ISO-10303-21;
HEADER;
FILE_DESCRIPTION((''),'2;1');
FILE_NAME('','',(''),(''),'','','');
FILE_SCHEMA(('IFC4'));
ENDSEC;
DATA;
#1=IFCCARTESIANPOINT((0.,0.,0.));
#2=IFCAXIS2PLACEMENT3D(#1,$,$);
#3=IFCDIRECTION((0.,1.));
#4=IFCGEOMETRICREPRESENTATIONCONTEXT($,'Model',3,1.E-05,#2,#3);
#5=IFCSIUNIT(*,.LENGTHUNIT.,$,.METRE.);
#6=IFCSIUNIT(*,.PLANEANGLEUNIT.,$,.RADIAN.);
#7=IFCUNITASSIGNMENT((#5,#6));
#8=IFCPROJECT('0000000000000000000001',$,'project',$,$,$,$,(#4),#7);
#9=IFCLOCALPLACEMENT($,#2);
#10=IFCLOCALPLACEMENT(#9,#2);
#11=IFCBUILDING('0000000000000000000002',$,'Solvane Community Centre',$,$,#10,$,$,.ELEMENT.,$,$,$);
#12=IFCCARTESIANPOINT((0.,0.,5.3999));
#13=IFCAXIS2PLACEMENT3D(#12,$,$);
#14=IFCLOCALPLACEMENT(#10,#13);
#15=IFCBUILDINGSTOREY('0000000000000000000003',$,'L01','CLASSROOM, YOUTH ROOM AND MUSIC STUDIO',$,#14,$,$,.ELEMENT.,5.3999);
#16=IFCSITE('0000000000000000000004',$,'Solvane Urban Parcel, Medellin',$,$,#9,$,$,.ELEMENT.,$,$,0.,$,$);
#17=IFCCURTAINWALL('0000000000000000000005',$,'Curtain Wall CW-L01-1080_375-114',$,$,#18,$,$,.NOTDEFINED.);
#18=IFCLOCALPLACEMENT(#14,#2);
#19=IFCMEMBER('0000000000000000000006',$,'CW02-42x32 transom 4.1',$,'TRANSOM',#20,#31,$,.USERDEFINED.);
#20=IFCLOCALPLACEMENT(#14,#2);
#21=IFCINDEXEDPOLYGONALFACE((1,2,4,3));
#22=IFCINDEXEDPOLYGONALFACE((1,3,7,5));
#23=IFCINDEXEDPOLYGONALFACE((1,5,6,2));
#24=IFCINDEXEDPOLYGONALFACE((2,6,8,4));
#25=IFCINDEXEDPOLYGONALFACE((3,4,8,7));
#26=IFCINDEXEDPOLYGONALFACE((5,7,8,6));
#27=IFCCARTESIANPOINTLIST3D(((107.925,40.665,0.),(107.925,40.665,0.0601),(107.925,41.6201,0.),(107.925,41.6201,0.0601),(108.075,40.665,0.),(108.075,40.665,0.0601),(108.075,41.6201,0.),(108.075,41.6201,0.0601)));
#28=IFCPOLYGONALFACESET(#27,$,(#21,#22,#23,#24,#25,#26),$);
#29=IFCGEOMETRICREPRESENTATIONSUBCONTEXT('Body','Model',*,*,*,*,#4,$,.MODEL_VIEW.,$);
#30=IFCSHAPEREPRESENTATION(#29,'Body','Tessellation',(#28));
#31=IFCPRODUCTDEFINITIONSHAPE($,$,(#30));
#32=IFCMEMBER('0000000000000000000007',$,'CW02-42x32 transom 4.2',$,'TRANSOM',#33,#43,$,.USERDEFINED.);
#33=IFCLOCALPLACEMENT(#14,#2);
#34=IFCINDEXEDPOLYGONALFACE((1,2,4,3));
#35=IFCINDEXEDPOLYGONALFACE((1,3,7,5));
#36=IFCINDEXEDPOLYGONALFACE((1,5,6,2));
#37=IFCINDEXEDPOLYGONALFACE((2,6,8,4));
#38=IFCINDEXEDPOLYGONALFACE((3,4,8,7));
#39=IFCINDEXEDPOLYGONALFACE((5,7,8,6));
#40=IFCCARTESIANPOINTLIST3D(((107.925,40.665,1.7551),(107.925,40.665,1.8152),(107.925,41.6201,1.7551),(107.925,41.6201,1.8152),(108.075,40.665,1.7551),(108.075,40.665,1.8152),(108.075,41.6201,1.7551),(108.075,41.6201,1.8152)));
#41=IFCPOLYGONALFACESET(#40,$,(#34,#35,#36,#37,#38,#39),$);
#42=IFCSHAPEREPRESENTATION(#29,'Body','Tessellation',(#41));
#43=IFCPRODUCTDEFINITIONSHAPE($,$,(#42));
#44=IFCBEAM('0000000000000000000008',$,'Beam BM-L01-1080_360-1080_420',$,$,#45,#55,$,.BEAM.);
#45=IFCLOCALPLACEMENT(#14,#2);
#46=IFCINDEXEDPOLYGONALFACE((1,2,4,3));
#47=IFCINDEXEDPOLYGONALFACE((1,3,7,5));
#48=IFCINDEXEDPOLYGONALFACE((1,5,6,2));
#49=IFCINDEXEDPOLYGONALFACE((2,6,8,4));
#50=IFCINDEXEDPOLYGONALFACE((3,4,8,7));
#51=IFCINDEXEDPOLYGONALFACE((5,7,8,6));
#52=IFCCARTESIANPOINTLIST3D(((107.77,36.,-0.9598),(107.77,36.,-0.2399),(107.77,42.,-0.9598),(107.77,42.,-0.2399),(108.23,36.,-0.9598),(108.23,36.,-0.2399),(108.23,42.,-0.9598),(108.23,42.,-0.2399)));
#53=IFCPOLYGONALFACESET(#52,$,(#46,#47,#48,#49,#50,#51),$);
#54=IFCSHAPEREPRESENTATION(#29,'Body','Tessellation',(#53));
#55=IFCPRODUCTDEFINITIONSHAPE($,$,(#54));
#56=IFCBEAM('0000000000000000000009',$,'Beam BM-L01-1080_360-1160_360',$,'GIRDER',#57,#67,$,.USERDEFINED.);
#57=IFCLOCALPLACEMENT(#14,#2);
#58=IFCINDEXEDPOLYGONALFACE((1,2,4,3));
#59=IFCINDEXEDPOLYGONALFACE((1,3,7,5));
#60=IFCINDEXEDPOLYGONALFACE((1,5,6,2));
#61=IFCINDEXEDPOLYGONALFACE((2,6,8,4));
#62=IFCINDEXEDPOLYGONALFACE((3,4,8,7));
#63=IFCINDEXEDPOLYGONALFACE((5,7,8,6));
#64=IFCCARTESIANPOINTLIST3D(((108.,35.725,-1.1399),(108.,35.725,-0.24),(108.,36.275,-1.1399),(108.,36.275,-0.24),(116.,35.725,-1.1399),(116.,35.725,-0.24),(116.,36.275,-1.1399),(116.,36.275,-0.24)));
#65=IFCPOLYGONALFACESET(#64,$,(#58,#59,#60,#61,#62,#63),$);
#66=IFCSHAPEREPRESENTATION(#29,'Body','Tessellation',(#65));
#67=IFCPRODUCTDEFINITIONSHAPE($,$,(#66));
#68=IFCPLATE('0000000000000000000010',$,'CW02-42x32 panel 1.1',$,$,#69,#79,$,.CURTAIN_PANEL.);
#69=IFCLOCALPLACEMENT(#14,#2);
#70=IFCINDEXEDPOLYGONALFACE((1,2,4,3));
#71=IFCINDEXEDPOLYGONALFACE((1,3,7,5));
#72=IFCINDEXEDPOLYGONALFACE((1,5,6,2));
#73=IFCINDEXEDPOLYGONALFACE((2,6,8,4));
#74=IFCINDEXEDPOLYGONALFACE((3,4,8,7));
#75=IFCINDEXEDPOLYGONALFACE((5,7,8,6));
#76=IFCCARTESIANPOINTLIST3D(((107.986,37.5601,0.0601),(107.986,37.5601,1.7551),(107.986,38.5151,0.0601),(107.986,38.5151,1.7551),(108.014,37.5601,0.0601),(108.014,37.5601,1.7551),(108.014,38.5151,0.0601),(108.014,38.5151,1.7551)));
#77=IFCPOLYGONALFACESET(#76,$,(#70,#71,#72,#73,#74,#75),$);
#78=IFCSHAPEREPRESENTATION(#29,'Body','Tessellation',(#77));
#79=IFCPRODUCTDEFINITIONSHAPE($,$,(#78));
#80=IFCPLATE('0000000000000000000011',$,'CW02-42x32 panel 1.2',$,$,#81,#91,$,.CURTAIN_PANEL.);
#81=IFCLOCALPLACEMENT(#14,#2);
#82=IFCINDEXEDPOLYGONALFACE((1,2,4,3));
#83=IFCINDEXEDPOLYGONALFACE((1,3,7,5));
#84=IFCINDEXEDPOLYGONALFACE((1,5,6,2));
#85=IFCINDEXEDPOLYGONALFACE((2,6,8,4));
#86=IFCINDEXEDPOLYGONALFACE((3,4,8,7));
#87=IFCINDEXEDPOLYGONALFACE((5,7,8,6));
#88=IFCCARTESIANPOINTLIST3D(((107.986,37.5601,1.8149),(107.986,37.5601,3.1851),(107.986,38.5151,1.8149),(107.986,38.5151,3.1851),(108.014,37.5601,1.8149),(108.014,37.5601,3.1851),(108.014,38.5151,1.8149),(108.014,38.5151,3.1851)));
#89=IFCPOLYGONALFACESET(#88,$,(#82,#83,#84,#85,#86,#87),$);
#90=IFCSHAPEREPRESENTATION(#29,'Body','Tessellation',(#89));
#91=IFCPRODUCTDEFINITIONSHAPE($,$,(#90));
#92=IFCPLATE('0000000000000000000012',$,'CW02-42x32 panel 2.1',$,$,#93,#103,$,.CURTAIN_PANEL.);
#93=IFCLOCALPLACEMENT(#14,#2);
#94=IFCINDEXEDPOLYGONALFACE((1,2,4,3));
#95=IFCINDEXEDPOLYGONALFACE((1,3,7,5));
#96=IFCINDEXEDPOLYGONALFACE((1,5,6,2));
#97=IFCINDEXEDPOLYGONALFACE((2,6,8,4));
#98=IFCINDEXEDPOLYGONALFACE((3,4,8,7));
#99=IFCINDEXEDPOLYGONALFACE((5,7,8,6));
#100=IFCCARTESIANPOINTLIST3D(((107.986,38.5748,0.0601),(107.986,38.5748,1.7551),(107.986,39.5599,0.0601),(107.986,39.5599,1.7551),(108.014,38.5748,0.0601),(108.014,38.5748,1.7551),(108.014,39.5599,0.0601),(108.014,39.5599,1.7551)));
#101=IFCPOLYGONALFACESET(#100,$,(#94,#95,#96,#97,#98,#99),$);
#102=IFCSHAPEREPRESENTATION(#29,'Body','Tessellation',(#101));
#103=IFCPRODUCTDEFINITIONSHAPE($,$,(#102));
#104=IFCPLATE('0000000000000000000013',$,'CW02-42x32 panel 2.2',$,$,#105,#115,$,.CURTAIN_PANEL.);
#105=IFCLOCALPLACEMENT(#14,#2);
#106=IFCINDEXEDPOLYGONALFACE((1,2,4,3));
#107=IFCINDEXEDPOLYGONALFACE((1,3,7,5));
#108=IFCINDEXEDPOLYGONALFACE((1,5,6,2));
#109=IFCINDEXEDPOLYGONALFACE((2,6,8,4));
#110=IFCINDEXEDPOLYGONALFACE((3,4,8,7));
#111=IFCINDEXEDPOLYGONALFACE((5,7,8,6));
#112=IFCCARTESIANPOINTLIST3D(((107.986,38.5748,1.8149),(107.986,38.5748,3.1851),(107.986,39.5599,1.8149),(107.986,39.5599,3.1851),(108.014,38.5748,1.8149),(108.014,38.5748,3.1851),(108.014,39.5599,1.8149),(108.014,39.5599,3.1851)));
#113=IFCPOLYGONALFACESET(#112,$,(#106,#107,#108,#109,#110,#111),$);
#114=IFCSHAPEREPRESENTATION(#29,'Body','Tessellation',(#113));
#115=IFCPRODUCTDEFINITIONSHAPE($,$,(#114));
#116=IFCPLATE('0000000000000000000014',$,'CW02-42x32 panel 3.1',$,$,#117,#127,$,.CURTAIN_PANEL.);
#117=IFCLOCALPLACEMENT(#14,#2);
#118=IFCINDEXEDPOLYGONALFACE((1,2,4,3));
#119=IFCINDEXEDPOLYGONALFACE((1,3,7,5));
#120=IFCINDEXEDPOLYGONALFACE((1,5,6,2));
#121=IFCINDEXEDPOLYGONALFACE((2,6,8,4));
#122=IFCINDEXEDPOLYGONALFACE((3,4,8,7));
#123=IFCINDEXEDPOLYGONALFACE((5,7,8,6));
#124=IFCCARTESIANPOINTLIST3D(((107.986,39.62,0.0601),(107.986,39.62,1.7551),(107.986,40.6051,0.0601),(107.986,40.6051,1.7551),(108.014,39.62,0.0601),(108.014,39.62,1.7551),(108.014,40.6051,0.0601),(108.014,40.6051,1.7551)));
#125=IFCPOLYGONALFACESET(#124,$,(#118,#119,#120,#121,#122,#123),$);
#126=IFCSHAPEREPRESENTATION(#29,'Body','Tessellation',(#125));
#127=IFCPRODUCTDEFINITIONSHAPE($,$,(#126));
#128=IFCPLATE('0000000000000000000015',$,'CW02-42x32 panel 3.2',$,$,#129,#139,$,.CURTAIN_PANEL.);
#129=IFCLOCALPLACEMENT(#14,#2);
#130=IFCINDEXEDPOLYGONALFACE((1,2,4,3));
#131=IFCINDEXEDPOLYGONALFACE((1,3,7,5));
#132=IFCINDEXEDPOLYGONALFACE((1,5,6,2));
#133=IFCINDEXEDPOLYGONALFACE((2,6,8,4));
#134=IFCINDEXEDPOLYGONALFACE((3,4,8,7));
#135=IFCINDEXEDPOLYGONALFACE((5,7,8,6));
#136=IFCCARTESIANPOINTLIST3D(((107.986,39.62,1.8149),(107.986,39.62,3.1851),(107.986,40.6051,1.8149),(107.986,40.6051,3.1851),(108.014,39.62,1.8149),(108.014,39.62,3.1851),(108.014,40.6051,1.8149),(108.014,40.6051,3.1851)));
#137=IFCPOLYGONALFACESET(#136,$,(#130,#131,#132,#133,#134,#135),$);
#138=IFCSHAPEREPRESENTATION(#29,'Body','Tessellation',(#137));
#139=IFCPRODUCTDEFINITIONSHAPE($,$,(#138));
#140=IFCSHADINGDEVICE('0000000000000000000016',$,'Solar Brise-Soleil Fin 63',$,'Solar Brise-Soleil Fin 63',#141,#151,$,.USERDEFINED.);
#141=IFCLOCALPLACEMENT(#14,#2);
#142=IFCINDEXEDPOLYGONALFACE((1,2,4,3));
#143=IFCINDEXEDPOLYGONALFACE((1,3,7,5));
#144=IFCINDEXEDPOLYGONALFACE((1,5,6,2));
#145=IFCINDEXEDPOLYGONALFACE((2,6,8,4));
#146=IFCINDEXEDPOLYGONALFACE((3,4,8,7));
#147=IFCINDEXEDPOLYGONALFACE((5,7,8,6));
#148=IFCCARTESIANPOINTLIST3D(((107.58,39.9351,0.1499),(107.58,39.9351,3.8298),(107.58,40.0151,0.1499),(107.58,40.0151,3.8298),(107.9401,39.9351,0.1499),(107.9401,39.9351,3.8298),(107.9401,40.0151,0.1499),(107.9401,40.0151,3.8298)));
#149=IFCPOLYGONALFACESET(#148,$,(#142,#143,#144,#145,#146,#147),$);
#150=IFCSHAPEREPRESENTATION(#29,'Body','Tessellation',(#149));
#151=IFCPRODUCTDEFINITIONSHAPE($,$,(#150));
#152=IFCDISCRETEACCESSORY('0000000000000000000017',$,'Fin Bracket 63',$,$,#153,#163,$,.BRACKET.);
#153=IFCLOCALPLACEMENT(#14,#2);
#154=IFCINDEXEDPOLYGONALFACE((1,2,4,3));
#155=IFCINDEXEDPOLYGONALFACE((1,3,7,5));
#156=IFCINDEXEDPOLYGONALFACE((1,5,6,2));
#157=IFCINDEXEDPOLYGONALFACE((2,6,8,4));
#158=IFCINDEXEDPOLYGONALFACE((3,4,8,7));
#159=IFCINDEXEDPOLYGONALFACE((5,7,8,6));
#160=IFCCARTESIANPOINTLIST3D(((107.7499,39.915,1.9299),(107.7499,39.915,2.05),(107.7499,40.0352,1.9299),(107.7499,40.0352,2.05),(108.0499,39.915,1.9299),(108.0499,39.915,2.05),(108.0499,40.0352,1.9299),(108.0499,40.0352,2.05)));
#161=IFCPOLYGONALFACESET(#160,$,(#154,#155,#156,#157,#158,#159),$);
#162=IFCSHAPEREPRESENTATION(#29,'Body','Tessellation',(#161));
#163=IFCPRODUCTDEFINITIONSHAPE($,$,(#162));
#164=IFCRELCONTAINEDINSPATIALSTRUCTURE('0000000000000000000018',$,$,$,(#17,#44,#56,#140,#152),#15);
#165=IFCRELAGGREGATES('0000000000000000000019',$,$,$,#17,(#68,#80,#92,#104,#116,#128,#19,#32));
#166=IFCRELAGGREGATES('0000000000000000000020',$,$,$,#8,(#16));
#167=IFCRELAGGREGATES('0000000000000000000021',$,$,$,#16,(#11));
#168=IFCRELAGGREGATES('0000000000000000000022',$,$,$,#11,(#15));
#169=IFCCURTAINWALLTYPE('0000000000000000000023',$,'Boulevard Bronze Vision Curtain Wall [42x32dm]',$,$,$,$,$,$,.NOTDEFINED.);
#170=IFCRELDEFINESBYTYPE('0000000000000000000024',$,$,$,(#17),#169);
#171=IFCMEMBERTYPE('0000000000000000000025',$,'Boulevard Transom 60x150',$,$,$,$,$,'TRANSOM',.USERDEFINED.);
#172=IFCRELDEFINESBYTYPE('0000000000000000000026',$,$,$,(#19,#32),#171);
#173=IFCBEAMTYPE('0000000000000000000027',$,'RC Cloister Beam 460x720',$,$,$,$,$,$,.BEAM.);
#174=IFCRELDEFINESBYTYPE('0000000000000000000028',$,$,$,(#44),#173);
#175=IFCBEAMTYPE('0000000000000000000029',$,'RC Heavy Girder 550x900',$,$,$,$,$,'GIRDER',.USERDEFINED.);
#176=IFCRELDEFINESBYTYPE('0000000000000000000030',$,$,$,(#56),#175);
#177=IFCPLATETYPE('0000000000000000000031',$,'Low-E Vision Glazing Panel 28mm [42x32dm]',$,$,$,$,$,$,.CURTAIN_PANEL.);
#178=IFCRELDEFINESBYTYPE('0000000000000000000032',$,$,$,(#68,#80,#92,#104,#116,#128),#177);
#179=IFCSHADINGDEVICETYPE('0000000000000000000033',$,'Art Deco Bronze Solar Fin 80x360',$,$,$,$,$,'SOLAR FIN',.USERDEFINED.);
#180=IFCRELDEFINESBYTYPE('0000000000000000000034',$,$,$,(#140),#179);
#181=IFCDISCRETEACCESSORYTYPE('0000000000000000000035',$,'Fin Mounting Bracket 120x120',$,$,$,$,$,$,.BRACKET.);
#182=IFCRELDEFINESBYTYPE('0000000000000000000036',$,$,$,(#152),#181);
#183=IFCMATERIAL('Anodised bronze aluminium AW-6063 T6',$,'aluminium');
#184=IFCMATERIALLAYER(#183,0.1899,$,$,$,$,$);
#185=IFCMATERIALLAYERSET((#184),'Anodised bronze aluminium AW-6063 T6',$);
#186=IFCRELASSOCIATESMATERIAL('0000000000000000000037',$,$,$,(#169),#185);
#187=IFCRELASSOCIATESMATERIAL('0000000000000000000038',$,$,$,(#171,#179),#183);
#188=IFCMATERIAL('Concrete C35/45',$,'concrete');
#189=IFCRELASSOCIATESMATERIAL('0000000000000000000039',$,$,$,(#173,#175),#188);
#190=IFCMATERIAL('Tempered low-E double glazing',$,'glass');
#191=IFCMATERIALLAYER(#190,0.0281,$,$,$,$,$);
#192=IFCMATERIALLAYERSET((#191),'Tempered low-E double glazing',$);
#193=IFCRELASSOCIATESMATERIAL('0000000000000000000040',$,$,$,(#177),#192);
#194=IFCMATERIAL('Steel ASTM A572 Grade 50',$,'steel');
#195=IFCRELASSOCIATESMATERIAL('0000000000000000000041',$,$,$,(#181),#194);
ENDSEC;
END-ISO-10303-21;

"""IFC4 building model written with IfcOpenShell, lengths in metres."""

from ifc_helpers import new_model, si_unit, direction, frame, origin, origin_2d, place, context, subcontext, project, spatial, rectangle, extrude, material, layer, layer_set, material_profile, profile_set, type_object, element, aggregate, save


model = new_model("IFC4")

# Units and contexts
model_context = context("Model", 3, precision=1e-05, world=origin(), true_north=direction((0.0, 1.0)))
body_context = subcontext(model_context, "Body", "Model", "MODEL_VIEW")
ifc_project = project(units=[si_unit("LENGTHUNIT", "METRE"), si_unit("PLANEANGLEUNIT", "RADIAN")], contexts=[model_context])

# Site, building, storey
site_placement = place(None, origin())
site = spatial("IfcSite", under=ifc_project, at=site_placement, Name="Solvane Urban Parcel, Medellin", CompositionType="ELEMENT", RefElevation=0.0)
building_placement = place(site_placement, origin())
building = spatial("IfcBuilding", under=site, at=building_placement, Name="Solvane Community Centre", CompositionType="ELEMENT")
storey_placement = place(building_placement, frame((0.0, 0.0, 5.3999)))
storey = spatial("IfcBuildingStorey", under=building, at=storey_placement, Name="L01", Description="CLASSROOM, YOUTH ROOM AND MUSIC STUDIO", CompositionType="ELEMENT", Elevation=5.3999)

# Shared definitions
ifc_material_1 = material(Name="Concrete C35/45", Category="concrete")

# Curtain wall, members
ifc_material_2 = material(Name="Anodised bronze aluminium AW-6063 T6", Category="aluminium")
ifc_layer_1 = layer(ifc_material_2, 0.1899)
ifc_layer_set_1 = layer_set([ifc_layer_1], Name="Anodised bronze aluminium AW-6063 T6")
curtain_wall_type = type_object("IfcCurtainWallType", Name="Boulevard Bronze Vision Curtain Wall [42x32dm]", PredefinedType="NOTDEFINED", material=ifc_layer_set_1)
curtain_wall_placement = place(storey_placement, origin())
curtain_wall = element("IfcCurtainWall", 1, at=curtain_wall_placement, inside=storey, type_object=curtain_wall_type, Name="Curtain Wall CW-L01-1080_375-114", PredefinedType="NOTDEFINED")
ifc_material_profile_1 = material_profile(ifc_material_2, rectangle(XDim=0.1499, YDim=0.0601, at=origin_2d()), Name="CW-T 60x150")
ifc_profile_set_1 = profile_set([ifc_material_profile_1], Name="Anodised bronze aluminium AW-6063 T6")
member_type_1 = type_object("IfcMemberType", Name="Boulevard Transom 60x150", ElementType="TRANSOM", PredefinedType="USERDEFINED", material=ifc_profile_set_1)
member_1_placement = place(storey_placement, frame((108.0, 40.665, 0.03), z_axis=(0.0, 1.0, 0.0), x_axis=(-1.0, 0.0, 0.0)))
member_1 = element("IfcMember", 2, at=member_1_placement, type_object=member_type_1, Name="CW02-42x32 transom 4.1", ObjectType="TRANSOM", PredefinedType="USERDEFINED", context=body_context, shape_type="SweptSolid", body=[
    extrude(rectangle(XDim=0.1499, YDim=0.0601, at=origin_2d()), origin(), (0.0, 0.0, 1.0), 0.9551),
])
member_2_placement = place(storey_placement, frame((108.0, 40.665, 1.7852), z_axis=(0.0, 1.0, 0.0), x_axis=(-1.0, 0.0, 0.0)))
member_2 = element("IfcMember", 3, at=member_2_placement, type_object=member_type_1, Name="CW02-42x32 transom 4.2", ObjectType="TRANSOM", PredefinedType="USERDEFINED", context=body_context, shape_type="SweptSolid", body=[
    extrude(rectangle(XDim=0.1499, YDim=0.0601, at=origin_2d()), origin(), (0.0, 0.0, 1.0), 0.9551),
])

# Beams
ifc_material_profile_2 = material_profile(ifc_material_1, rectangle(XDim=0.46, YDim=0.72, at=origin_2d()), Name="RC 460x720")
ifc_profile_set_2 = profile_set([ifc_material_profile_2], Name="Concrete C35/45")
beam_type_1 = type_object("IfcBeamType", Name="RC Cloister Beam 460x720", PredefinedType="BEAM", material=ifc_profile_set_2)
beam_1_placement = place(storey_placement, frame((108.0, 36.0, -0.5999), z_axis=(0.0, 1.0, 0.0), x_axis=(-1.0, 0.0, 0.0)))
element("IfcBeam", 4, at=beam_1_placement, inside=storey, type_object=beam_type_1, Name="Beam BM-L01-1080_360-1080_420", PredefinedType="BEAM", context=body_context, shape_type="SweptSolid", body=[
    extrude(rectangle(XDim=0.46, YDim=0.72, at=origin_2d()), origin(), (0.0, 0.0, 1.0), 6.0),
])
ifc_material_profile_3 = material_profile(ifc_material_1, rectangle(XDim=0.55, YDim=0.8999, at=origin_2d()), Name="RC 550x900")
ifc_profile_set_3 = profile_set([ifc_material_profile_3], Name="Concrete C35/45")
beam_type_2 = type_object("IfcBeamType", Name="RC Heavy Girder 550x900", ElementType="GIRDER", PredefinedType="USERDEFINED", material=ifc_profile_set_3)
beam_2_placement = place(storey_placement, frame((108.0, 36.0, -0.6899), z_axis=(1.0, 0.0, 0.0), x_axis=(0.0, 1.0, 0.0)))
element("IfcBeam", 5, at=beam_2_placement, inside=storey, type_object=beam_type_2, Name="Beam BM-L01-1080_360-1160_360", ObjectType="GIRDER", PredefinedType="USERDEFINED", context=body_context, shape_type="SweptSolid", body=[
    extrude(rectangle(XDim=0.55, YDim=0.8999, at=origin_2d()), origin(), (0.0, 0.0, 1.0), 8.0),
])

# Plates
ifc_material_3 = material(Name="Tempered low-E double glazing", Category="glass")
ifc_layer_2 = layer(ifc_material_3, 0.0281)
ifc_layer_set_2 = layer_set([ifc_layer_2], Name="Tempered low-E double glazing")
plate_type = type_object("IfcPlateType", Name="Low-E Vision Glazing Panel 28mm [42x32dm]", PredefinedType="CURTAIN_PANEL", material=ifc_layer_set_2)
plate_1_placement = place(storey_placement, frame((108.0, 38.0376, 0.0601), z_axis=(0.0, 0.0, 1.0), x_axis=(0.0, 1.0, 0.0)))
plate_1 = element("IfcPlate", 6, at=plate_1_placement, type_object=plate_type, Name="CW02-42x32 panel 1.1", PredefinedType="CURTAIN_PANEL", context=body_context, shape_type="SweptSolid", body=[
    extrude(rectangle(XDim=0.9551, YDim=0.0281, at=origin_2d()), origin(), (0.0, 0.0, 1.0), 1.6951),
])
plate_2_placement = place(storey_placement, frame((108.0, 38.0376, 1.8149), z_axis=(0.0, 0.0, 1.0), x_axis=(0.0, 1.0, 0.0)))
plate_2 = element("IfcPlate", 7, at=plate_2_placement, type_object=plate_type, Name="CW02-42x32 panel 1.2", PredefinedType="CURTAIN_PANEL", context=body_context, shape_type="SweptSolid", body=[
    extrude(rectangle(XDim=0.9551, YDim=0.0281, at=origin_2d()), origin(), (0.0, 0.0, 1.0), 1.3701),
])
plate_3_placement = place(storey_placement, frame((108.0, 39.0674, 0.0601), z_axis=(0.0, 0.0, 1.0), x_axis=(0.0, 1.0, 0.0)))
plate_3 = element("IfcPlate", 8, at=plate_3_placement, type_object=plate_type, Name="CW02-42x32 panel 2.1", PredefinedType="CURTAIN_PANEL", context=body_context, shape_type="SweptSolid", body=[
    extrude(rectangle(XDim=0.9851, YDim=0.0281, at=origin_2d()), origin(), (0.0, 0.0, 1.0), 1.6951),
])
plate_4_placement = place(storey_placement, frame((108.0, 39.0674, 1.8149), z_axis=(0.0, 0.0, 1.0), x_axis=(0.0, 1.0, 0.0)))
plate_4 = element("IfcPlate", 9, at=plate_4_placement, type_object=plate_type, Name="CW02-42x32 panel 2.2", PredefinedType="CURTAIN_PANEL", context=body_context, shape_type="SweptSolid", body=[
    extrude(rectangle(XDim=0.9851, YDim=0.0281, at=origin_2d()), origin(), (0.0, 0.0, 1.0), 1.3701),
])
plate_5_placement = place(storey_placement, frame((108.0, 40.1125, 0.0601), z_axis=(0.0, 0.0, 1.0), x_axis=(0.0, 1.0, 0.0)))
plate_5 = element("IfcPlate", 10, at=plate_5_placement, type_object=plate_type, Name="CW02-42x32 panel 3.1", PredefinedType="CURTAIN_PANEL", context=body_context, shape_type="SweptSolid", body=[
    extrude(rectangle(XDim=0.9851, YDim=0.0281, at=origin_2d()), origin(), (0.0, 0.0, 1.0), 1.6951),
])
plate_6_placement = place(storey_placement, frame((108.0, 40.1125, 1.8149), z_axis=(0.0, 0.0, 1.0), x_axis=(0.0, 1.0, 0.0)))
plate_6 = element("IfcPlate", 11, at=plate_6_placement, type_object=plate_type, Name="CW02-42x32 panel 3.2", PredefinedType="CURTAIN_PANEL", context=body_context, shape_type="SweptSolid", body=[
    extrude(rectangle(XDim=0.9851, YDim=0.0281, at=origin_2d()), origin(), (0.0, 0.0, 1.0), 1.3701),
])
aggregate(curtain_wall, [plate_1, plate_2, plate_3, plate_4, plate_5, plate_6, member_1, member_2])

# Shading device
shading_device_type = type_object("IfcShadingDeviceType", Name="Art Deco Bronze Solar Fin 80x360", ElementType="SOLAR FIN", PredefinedType="USERDEFINED", material=ifc_material_2)
shading_device_placement = place(storey_placement, frame((107.76, 39.9751, 0.1499), z_axis=(0.0, 0.0, 1.0), x_axis=(0.0, 1.0, 0.0)))
element("IfcShadingDevice", 12, at=shading_device_placement, inside=storey, type_object=shading_device_type, Name="Solar Brise-Soleil Fin 63", ObjectType="Solar Brise-Soleil Fin 63", PredefinedType="USERDEFINED", context=body_context, shape_type="SweptSolid", body=[
    extrude(rectangle(XDim=0.0801, YDim=0.3601, at=origin_2d()), origin(), (0.0, 0.0, 1.0), 3.6799),
])

# Discrete accessory
ifc_material_4 = material(Name="Steel ASTM A572 Grade 50", Category="steel")
discrete_accessory_type = type_object("IfcDiscreteAccessoryType", Name="Fin Mounting Bracket 120x120", PredefinedType="BRACKET", material=ifc_material_4)
discrete_accessory_placement = place(storey_placement, frame((107.8999, 39.9751, 1.9299), z_axis=(0.0, 0.0, 1.0), x_axis=(0.0, 1.0, 0.0)))
element("IfcDiscreteAccessory", 13, at=discrete_accessory_placement, inside=storey, type_object=discrete_accessory_type, Name="Fin Bracket 63", PredefinedType="BRACKET", context=body_context, shape_type="SweptSolid", body=[
    extrude(rectangle(XDim=0.1201, YDim=0.3, at=origin_2d()), origin(), (0.0, 0.0, 1.0), 0.1201),
])

save(model, "model.ifc")
